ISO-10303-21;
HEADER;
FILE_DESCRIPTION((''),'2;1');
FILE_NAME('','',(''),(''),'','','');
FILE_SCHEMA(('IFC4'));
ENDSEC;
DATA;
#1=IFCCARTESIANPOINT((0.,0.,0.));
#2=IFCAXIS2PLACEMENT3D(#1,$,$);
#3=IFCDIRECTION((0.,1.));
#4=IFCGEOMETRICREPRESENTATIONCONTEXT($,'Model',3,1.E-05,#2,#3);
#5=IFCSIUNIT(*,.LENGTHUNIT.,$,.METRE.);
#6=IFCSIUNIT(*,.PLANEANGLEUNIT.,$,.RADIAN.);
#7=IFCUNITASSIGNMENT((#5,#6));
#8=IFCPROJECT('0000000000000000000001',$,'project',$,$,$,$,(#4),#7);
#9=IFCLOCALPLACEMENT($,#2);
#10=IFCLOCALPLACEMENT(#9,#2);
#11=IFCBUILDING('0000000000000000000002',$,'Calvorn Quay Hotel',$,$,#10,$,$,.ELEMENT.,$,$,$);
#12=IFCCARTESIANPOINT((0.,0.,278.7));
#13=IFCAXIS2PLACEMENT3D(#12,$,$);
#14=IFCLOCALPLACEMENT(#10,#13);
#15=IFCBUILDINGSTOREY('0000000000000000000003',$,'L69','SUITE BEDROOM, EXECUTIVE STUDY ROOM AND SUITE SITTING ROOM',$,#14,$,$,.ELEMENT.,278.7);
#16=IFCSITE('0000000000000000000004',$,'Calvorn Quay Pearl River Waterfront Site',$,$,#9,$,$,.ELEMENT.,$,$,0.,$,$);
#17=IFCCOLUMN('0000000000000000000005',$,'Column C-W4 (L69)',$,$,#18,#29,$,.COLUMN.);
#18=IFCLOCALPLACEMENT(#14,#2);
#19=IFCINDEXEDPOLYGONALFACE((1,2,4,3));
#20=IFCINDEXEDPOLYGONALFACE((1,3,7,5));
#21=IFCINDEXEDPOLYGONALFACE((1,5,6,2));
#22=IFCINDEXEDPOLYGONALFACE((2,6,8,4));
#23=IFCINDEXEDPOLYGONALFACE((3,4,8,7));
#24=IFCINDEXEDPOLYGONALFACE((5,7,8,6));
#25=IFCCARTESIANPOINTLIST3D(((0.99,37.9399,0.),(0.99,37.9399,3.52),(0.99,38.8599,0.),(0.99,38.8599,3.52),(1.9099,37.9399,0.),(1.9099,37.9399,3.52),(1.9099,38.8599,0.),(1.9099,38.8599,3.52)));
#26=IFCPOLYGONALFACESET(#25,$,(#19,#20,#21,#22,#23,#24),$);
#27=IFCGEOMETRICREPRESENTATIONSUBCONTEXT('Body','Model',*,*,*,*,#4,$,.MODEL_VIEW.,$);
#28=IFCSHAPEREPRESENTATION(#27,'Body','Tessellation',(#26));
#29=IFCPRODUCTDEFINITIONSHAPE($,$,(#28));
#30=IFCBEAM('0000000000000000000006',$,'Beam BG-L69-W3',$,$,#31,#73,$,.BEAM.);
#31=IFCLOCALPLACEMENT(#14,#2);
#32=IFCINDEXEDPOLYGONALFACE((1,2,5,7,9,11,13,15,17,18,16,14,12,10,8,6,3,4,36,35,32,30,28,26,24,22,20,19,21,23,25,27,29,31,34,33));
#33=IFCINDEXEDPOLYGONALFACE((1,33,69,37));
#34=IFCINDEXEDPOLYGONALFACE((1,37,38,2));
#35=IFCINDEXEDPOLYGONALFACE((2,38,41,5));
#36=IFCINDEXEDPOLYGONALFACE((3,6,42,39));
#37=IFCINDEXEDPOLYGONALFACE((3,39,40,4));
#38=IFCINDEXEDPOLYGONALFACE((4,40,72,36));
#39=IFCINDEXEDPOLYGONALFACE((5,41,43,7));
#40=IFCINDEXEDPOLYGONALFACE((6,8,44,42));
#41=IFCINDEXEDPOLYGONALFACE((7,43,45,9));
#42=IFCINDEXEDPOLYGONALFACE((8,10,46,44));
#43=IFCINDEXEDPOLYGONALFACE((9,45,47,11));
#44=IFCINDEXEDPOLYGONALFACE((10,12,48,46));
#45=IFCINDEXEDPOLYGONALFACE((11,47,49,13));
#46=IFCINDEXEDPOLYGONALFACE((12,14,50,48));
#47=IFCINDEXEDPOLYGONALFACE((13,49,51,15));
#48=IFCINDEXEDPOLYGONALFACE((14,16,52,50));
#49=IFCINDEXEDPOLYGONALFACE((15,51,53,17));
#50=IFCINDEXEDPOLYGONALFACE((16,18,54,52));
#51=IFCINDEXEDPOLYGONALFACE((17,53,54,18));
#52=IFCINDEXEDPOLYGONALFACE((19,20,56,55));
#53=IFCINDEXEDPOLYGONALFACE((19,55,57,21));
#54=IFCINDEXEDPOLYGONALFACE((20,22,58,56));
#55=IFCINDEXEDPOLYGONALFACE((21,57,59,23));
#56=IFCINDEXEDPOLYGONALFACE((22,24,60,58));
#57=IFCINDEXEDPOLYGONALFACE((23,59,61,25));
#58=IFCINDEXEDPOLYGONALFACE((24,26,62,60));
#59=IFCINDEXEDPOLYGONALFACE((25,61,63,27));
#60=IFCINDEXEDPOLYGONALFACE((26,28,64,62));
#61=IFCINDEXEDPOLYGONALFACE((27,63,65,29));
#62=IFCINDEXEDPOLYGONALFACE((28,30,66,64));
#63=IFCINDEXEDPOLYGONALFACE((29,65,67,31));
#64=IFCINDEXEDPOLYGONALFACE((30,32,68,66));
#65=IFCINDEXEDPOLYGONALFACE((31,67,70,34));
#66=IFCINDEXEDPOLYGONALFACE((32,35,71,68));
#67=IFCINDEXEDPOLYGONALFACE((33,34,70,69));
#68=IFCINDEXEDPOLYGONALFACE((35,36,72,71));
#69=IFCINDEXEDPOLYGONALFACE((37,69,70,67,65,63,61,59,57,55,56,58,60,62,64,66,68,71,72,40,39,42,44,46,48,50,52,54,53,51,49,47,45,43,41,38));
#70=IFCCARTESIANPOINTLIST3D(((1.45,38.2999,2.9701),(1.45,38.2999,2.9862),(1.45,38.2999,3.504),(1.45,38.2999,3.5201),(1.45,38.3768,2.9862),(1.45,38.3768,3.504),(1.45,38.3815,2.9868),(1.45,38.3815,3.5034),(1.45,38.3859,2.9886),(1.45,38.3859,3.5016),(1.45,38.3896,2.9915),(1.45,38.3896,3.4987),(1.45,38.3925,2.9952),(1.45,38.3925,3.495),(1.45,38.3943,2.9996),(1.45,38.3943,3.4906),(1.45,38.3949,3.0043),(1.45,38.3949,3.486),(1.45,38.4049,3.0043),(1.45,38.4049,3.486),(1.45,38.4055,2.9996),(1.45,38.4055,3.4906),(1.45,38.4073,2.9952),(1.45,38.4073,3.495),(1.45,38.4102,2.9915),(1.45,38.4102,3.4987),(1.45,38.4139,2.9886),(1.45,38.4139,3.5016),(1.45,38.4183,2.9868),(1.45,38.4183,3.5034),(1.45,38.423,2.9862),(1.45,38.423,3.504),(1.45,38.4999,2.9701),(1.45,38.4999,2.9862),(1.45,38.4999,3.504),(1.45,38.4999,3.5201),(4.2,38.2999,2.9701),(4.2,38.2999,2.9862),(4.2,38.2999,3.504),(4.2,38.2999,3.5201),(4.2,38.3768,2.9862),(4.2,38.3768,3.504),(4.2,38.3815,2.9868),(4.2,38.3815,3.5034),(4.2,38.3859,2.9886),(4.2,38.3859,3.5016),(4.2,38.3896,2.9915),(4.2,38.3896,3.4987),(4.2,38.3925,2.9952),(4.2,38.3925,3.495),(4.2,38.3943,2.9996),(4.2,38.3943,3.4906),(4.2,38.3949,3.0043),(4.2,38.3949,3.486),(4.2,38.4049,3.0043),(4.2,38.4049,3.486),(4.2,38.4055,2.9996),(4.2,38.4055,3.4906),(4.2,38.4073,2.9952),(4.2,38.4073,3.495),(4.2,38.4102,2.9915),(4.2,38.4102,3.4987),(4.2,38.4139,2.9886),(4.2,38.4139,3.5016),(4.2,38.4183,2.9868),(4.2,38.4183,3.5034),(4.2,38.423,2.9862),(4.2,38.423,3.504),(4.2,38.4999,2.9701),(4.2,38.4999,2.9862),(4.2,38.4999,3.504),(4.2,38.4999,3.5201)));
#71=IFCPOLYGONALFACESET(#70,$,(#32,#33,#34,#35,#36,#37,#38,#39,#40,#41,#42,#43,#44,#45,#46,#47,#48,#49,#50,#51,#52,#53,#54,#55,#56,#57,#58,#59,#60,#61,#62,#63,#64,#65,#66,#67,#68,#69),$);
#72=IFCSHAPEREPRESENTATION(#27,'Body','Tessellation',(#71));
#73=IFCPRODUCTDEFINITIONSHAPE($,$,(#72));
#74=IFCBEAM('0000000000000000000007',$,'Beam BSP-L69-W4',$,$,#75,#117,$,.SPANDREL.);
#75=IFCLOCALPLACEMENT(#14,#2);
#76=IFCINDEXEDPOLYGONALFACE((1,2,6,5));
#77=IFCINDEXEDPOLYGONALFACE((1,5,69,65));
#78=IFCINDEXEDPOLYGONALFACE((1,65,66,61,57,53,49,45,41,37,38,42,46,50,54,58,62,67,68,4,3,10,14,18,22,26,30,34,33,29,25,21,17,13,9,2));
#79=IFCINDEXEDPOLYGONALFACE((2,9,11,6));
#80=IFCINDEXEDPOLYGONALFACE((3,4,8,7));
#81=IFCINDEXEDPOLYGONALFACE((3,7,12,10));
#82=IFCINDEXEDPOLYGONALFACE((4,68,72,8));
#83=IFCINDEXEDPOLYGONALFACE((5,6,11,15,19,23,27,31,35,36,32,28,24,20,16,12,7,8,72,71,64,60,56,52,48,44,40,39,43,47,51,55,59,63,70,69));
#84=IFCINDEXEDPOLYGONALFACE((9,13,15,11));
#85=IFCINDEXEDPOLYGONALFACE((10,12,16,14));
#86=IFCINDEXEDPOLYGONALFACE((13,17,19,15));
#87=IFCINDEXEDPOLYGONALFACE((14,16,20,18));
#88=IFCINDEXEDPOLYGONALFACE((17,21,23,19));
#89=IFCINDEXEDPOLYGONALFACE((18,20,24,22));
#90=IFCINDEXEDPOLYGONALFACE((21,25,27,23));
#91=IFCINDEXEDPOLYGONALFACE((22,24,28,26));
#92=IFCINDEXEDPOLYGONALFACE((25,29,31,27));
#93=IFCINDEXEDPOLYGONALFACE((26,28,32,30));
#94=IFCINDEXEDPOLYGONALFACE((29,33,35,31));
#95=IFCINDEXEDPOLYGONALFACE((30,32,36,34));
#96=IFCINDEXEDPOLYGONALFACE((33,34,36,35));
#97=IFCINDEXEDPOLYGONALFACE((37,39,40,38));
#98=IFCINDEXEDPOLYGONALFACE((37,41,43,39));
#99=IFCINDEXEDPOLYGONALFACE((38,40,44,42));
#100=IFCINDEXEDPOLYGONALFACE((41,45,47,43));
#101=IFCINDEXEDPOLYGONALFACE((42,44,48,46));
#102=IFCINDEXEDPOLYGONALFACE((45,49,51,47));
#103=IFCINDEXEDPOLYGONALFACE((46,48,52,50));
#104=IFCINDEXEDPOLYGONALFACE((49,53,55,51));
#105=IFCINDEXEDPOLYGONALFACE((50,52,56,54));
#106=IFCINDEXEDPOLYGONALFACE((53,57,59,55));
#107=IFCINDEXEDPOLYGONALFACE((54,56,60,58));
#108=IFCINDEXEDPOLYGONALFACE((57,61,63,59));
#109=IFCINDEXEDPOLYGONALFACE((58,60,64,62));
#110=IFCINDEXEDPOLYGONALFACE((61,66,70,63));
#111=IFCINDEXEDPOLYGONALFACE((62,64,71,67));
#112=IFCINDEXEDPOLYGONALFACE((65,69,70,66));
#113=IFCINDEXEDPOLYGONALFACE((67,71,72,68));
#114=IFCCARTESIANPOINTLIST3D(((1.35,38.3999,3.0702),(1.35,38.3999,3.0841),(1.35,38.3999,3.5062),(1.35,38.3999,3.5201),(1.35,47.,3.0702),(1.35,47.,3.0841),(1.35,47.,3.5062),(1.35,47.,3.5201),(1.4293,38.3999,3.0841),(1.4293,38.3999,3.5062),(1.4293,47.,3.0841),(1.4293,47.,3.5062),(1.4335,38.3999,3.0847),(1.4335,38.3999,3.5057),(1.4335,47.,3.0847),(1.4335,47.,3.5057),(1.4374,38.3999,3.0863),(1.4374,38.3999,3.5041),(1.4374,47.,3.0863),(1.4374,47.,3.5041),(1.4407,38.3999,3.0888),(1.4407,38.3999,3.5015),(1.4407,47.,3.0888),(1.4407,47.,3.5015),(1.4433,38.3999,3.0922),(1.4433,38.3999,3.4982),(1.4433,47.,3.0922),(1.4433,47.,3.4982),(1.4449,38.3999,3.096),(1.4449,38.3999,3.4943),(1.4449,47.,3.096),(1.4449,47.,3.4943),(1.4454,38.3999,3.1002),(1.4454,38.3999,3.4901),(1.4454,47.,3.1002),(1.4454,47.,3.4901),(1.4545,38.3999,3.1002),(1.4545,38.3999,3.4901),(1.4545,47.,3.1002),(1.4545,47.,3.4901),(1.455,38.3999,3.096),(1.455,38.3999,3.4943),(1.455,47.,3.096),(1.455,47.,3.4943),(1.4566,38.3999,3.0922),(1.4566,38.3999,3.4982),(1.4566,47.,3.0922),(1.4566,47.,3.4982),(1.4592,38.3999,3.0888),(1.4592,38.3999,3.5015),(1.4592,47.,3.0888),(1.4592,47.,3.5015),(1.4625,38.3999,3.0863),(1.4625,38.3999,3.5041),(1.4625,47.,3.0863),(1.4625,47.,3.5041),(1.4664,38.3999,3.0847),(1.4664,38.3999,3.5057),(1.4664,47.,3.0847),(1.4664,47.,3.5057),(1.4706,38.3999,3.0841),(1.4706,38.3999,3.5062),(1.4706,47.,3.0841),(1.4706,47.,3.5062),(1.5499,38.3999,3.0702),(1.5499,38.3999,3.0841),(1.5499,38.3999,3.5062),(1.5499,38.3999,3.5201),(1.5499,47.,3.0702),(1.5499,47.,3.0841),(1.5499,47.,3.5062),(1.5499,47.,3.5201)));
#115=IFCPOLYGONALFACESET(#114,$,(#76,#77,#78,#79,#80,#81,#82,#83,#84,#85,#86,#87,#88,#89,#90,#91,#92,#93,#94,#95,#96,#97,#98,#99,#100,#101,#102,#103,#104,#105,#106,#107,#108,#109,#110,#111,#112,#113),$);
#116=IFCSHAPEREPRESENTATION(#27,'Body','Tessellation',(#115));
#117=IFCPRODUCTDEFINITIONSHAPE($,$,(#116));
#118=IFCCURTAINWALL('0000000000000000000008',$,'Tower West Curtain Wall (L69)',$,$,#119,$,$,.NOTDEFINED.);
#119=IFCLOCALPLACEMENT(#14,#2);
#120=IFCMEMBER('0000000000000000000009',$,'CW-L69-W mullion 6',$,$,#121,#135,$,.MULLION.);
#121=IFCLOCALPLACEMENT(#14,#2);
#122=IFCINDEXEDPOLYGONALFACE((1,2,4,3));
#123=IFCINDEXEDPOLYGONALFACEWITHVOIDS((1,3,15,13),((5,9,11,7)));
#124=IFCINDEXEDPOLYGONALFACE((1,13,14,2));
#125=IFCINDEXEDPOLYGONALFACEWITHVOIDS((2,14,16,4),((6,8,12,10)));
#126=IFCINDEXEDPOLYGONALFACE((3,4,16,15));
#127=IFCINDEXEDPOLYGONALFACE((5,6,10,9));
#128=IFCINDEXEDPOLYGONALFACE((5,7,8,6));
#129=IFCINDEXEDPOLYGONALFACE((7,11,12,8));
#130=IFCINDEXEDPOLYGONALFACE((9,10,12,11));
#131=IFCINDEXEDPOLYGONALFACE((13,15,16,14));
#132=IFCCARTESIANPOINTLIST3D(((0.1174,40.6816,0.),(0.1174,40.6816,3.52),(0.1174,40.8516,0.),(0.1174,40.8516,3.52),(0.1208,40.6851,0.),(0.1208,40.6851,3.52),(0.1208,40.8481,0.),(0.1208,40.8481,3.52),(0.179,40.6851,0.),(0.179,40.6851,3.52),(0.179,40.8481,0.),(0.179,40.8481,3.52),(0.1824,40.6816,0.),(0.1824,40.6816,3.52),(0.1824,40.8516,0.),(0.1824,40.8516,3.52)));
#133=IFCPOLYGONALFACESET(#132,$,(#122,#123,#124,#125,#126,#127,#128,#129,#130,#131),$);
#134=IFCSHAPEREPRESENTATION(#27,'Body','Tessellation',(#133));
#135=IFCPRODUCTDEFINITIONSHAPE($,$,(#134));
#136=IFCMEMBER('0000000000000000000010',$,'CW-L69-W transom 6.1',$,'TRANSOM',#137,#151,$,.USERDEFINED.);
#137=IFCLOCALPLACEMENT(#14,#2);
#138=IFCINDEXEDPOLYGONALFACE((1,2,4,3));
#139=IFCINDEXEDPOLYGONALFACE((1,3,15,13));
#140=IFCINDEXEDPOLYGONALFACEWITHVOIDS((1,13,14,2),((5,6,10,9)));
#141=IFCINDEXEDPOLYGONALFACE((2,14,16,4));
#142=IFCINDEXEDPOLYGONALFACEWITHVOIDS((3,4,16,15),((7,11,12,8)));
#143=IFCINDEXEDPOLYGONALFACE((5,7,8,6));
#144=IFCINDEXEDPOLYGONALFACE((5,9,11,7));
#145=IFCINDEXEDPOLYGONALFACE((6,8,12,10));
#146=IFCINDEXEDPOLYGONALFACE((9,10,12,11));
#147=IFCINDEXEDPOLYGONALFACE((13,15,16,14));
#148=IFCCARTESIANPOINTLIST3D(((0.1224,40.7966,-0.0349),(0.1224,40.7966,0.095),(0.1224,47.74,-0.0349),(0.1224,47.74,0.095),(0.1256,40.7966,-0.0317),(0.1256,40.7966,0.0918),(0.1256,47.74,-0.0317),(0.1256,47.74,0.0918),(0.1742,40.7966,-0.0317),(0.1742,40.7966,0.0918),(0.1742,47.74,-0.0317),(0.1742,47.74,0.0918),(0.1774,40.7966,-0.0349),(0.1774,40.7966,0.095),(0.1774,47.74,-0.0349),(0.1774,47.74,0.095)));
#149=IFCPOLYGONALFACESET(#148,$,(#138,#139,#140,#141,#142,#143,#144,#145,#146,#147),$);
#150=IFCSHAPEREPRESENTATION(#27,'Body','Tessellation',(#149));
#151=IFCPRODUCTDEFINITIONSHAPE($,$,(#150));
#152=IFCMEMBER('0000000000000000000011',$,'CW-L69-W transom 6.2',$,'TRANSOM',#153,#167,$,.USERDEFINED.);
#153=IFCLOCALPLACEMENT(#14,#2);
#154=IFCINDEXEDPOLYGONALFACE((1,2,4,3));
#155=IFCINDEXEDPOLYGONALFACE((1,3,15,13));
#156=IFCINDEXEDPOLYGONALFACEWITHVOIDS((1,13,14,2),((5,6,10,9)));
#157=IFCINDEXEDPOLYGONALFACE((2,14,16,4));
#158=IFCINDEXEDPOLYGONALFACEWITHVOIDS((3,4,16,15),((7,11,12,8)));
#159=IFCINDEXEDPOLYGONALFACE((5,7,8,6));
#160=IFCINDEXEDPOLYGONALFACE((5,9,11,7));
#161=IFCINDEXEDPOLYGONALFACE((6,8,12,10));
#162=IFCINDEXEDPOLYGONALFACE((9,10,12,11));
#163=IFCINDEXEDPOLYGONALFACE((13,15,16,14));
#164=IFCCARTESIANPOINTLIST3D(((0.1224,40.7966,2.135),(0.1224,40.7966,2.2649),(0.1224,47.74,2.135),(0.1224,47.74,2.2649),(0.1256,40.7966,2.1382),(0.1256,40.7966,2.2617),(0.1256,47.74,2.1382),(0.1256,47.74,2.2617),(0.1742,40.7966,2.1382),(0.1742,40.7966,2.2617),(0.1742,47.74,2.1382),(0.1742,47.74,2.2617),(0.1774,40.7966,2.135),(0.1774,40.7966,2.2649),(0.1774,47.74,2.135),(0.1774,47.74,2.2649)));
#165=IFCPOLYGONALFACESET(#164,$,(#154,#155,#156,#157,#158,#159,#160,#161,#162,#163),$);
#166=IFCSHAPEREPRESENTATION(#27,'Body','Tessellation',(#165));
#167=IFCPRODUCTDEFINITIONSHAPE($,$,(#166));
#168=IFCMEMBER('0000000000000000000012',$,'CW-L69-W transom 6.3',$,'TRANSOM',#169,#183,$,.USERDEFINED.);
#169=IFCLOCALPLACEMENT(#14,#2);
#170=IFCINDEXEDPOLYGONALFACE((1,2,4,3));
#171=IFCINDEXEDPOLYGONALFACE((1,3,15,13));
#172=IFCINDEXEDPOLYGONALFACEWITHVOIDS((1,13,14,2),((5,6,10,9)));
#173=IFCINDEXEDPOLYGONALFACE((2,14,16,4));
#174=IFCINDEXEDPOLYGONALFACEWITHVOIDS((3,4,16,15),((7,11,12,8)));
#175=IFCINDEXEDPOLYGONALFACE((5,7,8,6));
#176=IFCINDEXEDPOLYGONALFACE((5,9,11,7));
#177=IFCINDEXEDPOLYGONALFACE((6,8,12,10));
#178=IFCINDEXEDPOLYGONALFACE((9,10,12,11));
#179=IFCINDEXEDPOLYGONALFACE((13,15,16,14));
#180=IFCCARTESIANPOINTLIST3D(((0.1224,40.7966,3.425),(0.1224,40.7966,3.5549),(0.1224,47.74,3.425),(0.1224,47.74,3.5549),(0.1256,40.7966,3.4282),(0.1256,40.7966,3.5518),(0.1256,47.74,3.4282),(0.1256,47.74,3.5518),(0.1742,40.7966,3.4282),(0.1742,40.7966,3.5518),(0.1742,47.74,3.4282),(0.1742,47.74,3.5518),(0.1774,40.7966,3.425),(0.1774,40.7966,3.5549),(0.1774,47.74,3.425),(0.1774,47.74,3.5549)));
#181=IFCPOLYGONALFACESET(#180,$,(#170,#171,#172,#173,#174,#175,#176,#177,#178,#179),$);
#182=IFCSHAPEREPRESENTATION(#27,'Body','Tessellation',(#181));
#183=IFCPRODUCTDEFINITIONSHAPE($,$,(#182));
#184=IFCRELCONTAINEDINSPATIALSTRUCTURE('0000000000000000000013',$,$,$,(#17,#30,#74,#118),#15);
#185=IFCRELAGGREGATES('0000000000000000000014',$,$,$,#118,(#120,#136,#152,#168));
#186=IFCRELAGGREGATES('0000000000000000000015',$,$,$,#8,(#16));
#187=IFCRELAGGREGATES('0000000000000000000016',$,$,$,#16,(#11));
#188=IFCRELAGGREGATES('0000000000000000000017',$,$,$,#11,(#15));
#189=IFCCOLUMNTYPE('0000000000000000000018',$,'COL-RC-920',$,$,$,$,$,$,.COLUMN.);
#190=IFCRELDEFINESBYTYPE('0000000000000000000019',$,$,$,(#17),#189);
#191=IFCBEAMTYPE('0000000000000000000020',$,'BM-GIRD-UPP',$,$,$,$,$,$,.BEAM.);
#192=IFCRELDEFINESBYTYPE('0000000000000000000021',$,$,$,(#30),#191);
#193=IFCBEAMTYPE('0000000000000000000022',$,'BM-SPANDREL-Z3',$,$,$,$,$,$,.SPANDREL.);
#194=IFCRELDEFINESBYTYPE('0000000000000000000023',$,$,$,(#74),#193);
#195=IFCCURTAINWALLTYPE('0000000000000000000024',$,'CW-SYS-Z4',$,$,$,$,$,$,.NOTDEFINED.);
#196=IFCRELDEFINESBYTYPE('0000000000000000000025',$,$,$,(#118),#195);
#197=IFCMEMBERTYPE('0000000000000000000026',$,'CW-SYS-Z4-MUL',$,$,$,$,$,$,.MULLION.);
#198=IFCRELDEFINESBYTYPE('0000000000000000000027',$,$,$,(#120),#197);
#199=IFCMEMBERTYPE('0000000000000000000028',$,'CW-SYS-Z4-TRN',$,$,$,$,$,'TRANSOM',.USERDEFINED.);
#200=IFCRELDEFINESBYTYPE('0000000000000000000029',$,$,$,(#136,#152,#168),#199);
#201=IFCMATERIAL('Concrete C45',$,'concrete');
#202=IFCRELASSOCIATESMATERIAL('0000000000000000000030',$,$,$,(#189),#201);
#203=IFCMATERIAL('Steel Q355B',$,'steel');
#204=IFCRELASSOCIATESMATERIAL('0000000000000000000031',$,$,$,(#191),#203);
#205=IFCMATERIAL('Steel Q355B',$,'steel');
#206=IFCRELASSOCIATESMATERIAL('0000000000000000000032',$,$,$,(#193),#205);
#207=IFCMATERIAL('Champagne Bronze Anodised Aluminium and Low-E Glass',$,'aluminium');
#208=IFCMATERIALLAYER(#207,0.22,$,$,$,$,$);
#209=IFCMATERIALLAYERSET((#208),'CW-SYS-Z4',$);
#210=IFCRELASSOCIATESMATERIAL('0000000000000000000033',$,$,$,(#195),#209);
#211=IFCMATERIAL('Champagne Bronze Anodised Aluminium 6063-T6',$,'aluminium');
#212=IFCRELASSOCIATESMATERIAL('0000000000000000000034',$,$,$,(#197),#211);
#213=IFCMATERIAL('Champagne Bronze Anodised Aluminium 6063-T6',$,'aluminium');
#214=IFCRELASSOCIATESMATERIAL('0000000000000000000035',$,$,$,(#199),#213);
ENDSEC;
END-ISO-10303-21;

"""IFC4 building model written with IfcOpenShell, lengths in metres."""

from ifc_helpers import new_model, si_unit, direction, frame, origin, origin_2d, place, context, subcontext, project, spatial, rectangle, hollow_rectangle, i_section, extrude, material, layer, layer_set, material_profile, profile_set, type_object, element, aggregate, save


model = new_model("IFC4")

# Units and contexts
model_context = context("Model", 3, precision=1e-05, world=origin(), true_north=direction((0.0, 1.0)))
body_context = subcontext(model_context, "Body", "Model", "MODEL_VIEW")
ifc_project = project(units=[si_unit("LENGTHUNIT", "METRE"), si_unit("PLANEANGLEUNIT", "RADIAN")], contexts=[model_context])

# Site, building, storey
site_placement = place(None, origin())
site = spatial("IfcSite", under=ifc_project, at=site_placement, Name="Calvorn Quay Pearl River Waterfront Site", CompositionType="ELEMENT", RefElevation=0.0)
building_placement = place(site_placement, origin())
building = spatial("IfcBuilding", under=site, at=building_placement, Name="Calvorn Quay Hotel", CompositionType="ELEMENT")
storey_placement = place(building_placement, frame((0.0, 0.0, 278.7)))
storey = spatial("IfcBuildingStorey", under=building, at=storey_placement, Name="L69", Description="SUITE BEDROOM, EXECUTIVE STUDY ROOM AND SUITE SITTING ROOM", CompositionType="ELEMENT", Elevation=278.7)

# Column
ifc_material_1 = material(Name="Concrete C45", Category="concrete")
ifc_material_profile_1 = material_profile(ifc_material_1, rectangle(XDim=0.9199, YDim=0.9199, at=origin_2d()), Name="RC920x920")
ifc_profile_set_1 = profile_set([ifc_material_profile_1], Name="Concrete C45")
column_type = type_object("IfcColumnType", Name="COL-RC-920", PredefinedType="COLUMN", material=ifc_profile_set_1)
column_placement = place(storey_placement, frame((1.45, 38.3999, 0.0), z_axis=(0.0, 0.0, 1.0), x_axis=(1.0, 0.0, 0.0)))
element("IfcColumn", 1, at=column_placement, inside=storey, type_object=column_type, Name="Column C-W4 (L69)", PredefinedType="COLUMN", context=body_context, shape_type="SweptSolid", body=[
    extrude(rectangle(XDim=0.9199, YDim=0.9199, at=origin_2d()), origin(), (0.0, 0.0, 1.0), 3.52),
])

# Beams
ifc_material_2 = material(Name="Steel Q355B", Category="steel")
ifc_material_profile_2 = material_profile(ifc_material_2, i_section(OverallWidth=0.2, OverallDepth=0.55, WebThickness=0.01, FlangeThickness=0.0161, FilletRadius=0.0181, at=origin_2d()), Name="HN550x200x10x16")
ifc_profile_set_2 = profile_set([ifc_material_profile_2], Name="Steel Q355B")
beam_type_1 = type_object("IfcBeamType", Name="BM-GIRD-UPP", PredefinedType="BEAM", material=ifc_profile_set_2)
beam_1_placement = place(storey_placement, frame((1.45, 38.3999, 3.2451), z_axis=(1.0, 0.0, 0.0), x_axis=(0.0, 1.0, 0.0)))
element("IfcBeam", 2, at=beam_1_placement, inside=storey, type_object=beam_type_1, Name="Beam BG-L69-W3", PredefinedType="BEAM", context=body_context, shape_type="SweptSolid", body=[
    extrude(i_section(OverallWidth=0.2, OverallDepth=0.55, WebThickness=0.01, FlangeThickness=0.0161, FilletRadius=0.0181, at=origin_2d()), origin(), (0.0, 0.0, 1.0), 2.75),
])
ifc_material_3 = material(Name="Steel Q355B", Category="steel")
ifc_material_profile_3 = material_profile(ifc_material_3, i_section(OverallWidth=0.2, OverallDepth=0.45, WebThickness=0.009, FlangeThickness=0.0139, FilletRadius=0.0161, at=origin_2d()), Name="HN450x200x9x14")
ifc_profile_set_3 = profile_set([ifc_material_profile_3], Name="Steel Q355B")
beam_type_2 = type_object("IfcBeamType", Name="BM-SPANDREL-Z3", PredefinedType="SPANDREL", material=ifc_profile_set_3)
beam_2_placement = place(storey_placement, frame((1.45, 38.3999, 3.2952), z_axis=(0.0, 1.0, 0.0), x_axis=(-1.0, 0.0, 0.0)))
element("IfcBeam", 3, at=beam_2_placement, inside=storey, type_object=beam_type_2, Name="Beam BSP-L69-W4", PredefinedType="SPANDREL", context=body_context, shape_type="SweptSolid", body=[
    extrude(i_section(OverallWidth=0.2, OverallDepth=0.45, WebThickness=0.009, FlangeThickness=0.0139, FilletRadius=0.0161, at=origin_2d()), origin(), (0.0, 0.0, 1.0), 8.6001),
])

# Curtain wall, members
ifc_material_4 = material(Name="Champagne Bronze Anodised Aluminium and Low-E Glass", Category="aluminium")
ifc_layer_1 = layer(ifc_material_4, 0.22)
ifc_layer_set_1 = layer_set([ifc_layer_1], Name="CW-SYS-Z4")
curtain_wall_type = type_object("IfcCurtainWallType", Name="CW-SYS-Z4", PredefinedType="NOTDEFINED", material=ifc_layer_set_1)
curtain_wall_placement = place(storey_placement, origin())
curtain_wall = element("IfcCurtainWall", 4, at=curtain_wall_placement, inside=storey, type_object=curtain_wall_type, Name="Tower West Curtain Wall (L69)", PredefinedType="NOTDEFINED")
ifc_material_5 = material(Name="Champagne Bronze Anodised Aluminium 6063-T6", Category="aluminium")
ifc_material_profile_4 = material_profile(ifc_material_5, hollow_rectangle(XDim=0.0649, YDim=0.1699, WallThickness=0.0034, at=origin_2d()), Name="ALU-M170x65x3.5")
ifc_profile_set_4 = profile_set([ifc_material_profile_4], Name="Champagne Bronze Anodised Aluminium 6063-T6")
member_type_1 = type_object("IfcMemberType", Name="CW-SYS-Z4-MUL", PredefinedType="MULLION", material=ifc_profile_set_4)
member_1_placement = place(storey_placement, frame((0.1499, 40.7666, 0.0), z_axis=(0.0, 0.0, 1.0), x_axis=(-1.0, 0.0, 0.0)))
member_1 = element("IfcMember", 5, at=member_1_placement, type_object=member_type_1, Name="CW-L69-W mullion 6", PredefinedType="MULLION", context=body_context, shape_type="SweptSolid", body=[
    extrude(hollow_rectangle(XDim=0.0649, YDim=0.1699, WallThickness=0.0034, at=origin_2d()), origin(), (0.0, 0.0, 1.0), 3.52),
])
ifc_material_6 = material(Name="Champagne Bronze Anodised Aluminium 6063-T6", Category="aluminium")
ifc_material_profile_5 = material_profile(ifc_material_6, hollow_rectangle(XDim=0.0549, YDim=0.1299, WallThickness=0.0032, at=origin_2d()), Name="ALU-T130x55x3.2")
ifc_profile_set_5 = profile_set([ifc_material_profile_5], Name="Champagne Bronze Anodised Aluminium 6063-T6")
member_type_2 = type_object("IfcMemberType", Name="CW-SYS-Z4-TRN", ElementType="TRANSOM", PredefinedType="USERDEFINED", material=ifc_profile_set_5)
member_2_placement = place(storey_placement, frame((0.1499, 40.7966, 0.03), z_axis=(0.0, 1.0, 0.0), x_axis=(-1.0, 0.0, 0.0)))
member_2 = element("IfcMember", 6, at=member_2_placement, type_object=member_type_2, Name="CW-L69-W transom 6.1", ObjectType="TRANSOM", PredefinedType="USERDEFINED", context=body_context, shape_type="SweptSolid", body=[
    extrude(hollow_rectangle(XDim=0.0549, YDim=0.1299, WallThickness=0.0032, at=origin_2d()), origin(), (0.0, 0.0, 1.0), 6.9434),
])
member_3_placement = place(storey_placement, frame((0.1499, 40.7966, 2.2), z_axis=(0.0, 1.0, 0.0), x_axis=(-1.0, 0.0, 0.0)))
member_3 = element("IfcMember", 7, at=member_3_placement, type_object=member_type_2, Name="CW-L69-W transom 6.2", ObjectType="TRANSOM", PredefinedType="USERDEFINED", context=body_context, shape_type="SweptSolid", body=[
    extrude(hollow_rectangle(XDim=0.0549, YDim=0.1299, WallThickness=0.0032, at=origin_2d()), origin(), (0.0, 0.0, 1.0), 6.9434),
])
member_4_placement = place(storey_placement, frame((0.1499, 40.7966, 3.49), z_axis=(0.0, 1.0, 0.0), x_axis=(-1.0, 0.0, 0.0)))
member_4 = element("IfcMember", 8, at=member_4_placement, type_object=member_type_2, Name="CW-L69-W transom 6.3", ObjectType="TRANSOM", PredefinedType="USERDEFINED", context=body_context, shape_type="SweptSolid", body=[
    extrude(hollow_rectangle(XDim=0.0549, YDim=0.1299, WallThickness=0.0032, at=origin_2d()), origin(), (0.0, 0.0, 1.0), 6.9434),
])
aggregate(curtain_wall, [member_1, member_2, member_3, member_4])

save(model, "model.ifc")
